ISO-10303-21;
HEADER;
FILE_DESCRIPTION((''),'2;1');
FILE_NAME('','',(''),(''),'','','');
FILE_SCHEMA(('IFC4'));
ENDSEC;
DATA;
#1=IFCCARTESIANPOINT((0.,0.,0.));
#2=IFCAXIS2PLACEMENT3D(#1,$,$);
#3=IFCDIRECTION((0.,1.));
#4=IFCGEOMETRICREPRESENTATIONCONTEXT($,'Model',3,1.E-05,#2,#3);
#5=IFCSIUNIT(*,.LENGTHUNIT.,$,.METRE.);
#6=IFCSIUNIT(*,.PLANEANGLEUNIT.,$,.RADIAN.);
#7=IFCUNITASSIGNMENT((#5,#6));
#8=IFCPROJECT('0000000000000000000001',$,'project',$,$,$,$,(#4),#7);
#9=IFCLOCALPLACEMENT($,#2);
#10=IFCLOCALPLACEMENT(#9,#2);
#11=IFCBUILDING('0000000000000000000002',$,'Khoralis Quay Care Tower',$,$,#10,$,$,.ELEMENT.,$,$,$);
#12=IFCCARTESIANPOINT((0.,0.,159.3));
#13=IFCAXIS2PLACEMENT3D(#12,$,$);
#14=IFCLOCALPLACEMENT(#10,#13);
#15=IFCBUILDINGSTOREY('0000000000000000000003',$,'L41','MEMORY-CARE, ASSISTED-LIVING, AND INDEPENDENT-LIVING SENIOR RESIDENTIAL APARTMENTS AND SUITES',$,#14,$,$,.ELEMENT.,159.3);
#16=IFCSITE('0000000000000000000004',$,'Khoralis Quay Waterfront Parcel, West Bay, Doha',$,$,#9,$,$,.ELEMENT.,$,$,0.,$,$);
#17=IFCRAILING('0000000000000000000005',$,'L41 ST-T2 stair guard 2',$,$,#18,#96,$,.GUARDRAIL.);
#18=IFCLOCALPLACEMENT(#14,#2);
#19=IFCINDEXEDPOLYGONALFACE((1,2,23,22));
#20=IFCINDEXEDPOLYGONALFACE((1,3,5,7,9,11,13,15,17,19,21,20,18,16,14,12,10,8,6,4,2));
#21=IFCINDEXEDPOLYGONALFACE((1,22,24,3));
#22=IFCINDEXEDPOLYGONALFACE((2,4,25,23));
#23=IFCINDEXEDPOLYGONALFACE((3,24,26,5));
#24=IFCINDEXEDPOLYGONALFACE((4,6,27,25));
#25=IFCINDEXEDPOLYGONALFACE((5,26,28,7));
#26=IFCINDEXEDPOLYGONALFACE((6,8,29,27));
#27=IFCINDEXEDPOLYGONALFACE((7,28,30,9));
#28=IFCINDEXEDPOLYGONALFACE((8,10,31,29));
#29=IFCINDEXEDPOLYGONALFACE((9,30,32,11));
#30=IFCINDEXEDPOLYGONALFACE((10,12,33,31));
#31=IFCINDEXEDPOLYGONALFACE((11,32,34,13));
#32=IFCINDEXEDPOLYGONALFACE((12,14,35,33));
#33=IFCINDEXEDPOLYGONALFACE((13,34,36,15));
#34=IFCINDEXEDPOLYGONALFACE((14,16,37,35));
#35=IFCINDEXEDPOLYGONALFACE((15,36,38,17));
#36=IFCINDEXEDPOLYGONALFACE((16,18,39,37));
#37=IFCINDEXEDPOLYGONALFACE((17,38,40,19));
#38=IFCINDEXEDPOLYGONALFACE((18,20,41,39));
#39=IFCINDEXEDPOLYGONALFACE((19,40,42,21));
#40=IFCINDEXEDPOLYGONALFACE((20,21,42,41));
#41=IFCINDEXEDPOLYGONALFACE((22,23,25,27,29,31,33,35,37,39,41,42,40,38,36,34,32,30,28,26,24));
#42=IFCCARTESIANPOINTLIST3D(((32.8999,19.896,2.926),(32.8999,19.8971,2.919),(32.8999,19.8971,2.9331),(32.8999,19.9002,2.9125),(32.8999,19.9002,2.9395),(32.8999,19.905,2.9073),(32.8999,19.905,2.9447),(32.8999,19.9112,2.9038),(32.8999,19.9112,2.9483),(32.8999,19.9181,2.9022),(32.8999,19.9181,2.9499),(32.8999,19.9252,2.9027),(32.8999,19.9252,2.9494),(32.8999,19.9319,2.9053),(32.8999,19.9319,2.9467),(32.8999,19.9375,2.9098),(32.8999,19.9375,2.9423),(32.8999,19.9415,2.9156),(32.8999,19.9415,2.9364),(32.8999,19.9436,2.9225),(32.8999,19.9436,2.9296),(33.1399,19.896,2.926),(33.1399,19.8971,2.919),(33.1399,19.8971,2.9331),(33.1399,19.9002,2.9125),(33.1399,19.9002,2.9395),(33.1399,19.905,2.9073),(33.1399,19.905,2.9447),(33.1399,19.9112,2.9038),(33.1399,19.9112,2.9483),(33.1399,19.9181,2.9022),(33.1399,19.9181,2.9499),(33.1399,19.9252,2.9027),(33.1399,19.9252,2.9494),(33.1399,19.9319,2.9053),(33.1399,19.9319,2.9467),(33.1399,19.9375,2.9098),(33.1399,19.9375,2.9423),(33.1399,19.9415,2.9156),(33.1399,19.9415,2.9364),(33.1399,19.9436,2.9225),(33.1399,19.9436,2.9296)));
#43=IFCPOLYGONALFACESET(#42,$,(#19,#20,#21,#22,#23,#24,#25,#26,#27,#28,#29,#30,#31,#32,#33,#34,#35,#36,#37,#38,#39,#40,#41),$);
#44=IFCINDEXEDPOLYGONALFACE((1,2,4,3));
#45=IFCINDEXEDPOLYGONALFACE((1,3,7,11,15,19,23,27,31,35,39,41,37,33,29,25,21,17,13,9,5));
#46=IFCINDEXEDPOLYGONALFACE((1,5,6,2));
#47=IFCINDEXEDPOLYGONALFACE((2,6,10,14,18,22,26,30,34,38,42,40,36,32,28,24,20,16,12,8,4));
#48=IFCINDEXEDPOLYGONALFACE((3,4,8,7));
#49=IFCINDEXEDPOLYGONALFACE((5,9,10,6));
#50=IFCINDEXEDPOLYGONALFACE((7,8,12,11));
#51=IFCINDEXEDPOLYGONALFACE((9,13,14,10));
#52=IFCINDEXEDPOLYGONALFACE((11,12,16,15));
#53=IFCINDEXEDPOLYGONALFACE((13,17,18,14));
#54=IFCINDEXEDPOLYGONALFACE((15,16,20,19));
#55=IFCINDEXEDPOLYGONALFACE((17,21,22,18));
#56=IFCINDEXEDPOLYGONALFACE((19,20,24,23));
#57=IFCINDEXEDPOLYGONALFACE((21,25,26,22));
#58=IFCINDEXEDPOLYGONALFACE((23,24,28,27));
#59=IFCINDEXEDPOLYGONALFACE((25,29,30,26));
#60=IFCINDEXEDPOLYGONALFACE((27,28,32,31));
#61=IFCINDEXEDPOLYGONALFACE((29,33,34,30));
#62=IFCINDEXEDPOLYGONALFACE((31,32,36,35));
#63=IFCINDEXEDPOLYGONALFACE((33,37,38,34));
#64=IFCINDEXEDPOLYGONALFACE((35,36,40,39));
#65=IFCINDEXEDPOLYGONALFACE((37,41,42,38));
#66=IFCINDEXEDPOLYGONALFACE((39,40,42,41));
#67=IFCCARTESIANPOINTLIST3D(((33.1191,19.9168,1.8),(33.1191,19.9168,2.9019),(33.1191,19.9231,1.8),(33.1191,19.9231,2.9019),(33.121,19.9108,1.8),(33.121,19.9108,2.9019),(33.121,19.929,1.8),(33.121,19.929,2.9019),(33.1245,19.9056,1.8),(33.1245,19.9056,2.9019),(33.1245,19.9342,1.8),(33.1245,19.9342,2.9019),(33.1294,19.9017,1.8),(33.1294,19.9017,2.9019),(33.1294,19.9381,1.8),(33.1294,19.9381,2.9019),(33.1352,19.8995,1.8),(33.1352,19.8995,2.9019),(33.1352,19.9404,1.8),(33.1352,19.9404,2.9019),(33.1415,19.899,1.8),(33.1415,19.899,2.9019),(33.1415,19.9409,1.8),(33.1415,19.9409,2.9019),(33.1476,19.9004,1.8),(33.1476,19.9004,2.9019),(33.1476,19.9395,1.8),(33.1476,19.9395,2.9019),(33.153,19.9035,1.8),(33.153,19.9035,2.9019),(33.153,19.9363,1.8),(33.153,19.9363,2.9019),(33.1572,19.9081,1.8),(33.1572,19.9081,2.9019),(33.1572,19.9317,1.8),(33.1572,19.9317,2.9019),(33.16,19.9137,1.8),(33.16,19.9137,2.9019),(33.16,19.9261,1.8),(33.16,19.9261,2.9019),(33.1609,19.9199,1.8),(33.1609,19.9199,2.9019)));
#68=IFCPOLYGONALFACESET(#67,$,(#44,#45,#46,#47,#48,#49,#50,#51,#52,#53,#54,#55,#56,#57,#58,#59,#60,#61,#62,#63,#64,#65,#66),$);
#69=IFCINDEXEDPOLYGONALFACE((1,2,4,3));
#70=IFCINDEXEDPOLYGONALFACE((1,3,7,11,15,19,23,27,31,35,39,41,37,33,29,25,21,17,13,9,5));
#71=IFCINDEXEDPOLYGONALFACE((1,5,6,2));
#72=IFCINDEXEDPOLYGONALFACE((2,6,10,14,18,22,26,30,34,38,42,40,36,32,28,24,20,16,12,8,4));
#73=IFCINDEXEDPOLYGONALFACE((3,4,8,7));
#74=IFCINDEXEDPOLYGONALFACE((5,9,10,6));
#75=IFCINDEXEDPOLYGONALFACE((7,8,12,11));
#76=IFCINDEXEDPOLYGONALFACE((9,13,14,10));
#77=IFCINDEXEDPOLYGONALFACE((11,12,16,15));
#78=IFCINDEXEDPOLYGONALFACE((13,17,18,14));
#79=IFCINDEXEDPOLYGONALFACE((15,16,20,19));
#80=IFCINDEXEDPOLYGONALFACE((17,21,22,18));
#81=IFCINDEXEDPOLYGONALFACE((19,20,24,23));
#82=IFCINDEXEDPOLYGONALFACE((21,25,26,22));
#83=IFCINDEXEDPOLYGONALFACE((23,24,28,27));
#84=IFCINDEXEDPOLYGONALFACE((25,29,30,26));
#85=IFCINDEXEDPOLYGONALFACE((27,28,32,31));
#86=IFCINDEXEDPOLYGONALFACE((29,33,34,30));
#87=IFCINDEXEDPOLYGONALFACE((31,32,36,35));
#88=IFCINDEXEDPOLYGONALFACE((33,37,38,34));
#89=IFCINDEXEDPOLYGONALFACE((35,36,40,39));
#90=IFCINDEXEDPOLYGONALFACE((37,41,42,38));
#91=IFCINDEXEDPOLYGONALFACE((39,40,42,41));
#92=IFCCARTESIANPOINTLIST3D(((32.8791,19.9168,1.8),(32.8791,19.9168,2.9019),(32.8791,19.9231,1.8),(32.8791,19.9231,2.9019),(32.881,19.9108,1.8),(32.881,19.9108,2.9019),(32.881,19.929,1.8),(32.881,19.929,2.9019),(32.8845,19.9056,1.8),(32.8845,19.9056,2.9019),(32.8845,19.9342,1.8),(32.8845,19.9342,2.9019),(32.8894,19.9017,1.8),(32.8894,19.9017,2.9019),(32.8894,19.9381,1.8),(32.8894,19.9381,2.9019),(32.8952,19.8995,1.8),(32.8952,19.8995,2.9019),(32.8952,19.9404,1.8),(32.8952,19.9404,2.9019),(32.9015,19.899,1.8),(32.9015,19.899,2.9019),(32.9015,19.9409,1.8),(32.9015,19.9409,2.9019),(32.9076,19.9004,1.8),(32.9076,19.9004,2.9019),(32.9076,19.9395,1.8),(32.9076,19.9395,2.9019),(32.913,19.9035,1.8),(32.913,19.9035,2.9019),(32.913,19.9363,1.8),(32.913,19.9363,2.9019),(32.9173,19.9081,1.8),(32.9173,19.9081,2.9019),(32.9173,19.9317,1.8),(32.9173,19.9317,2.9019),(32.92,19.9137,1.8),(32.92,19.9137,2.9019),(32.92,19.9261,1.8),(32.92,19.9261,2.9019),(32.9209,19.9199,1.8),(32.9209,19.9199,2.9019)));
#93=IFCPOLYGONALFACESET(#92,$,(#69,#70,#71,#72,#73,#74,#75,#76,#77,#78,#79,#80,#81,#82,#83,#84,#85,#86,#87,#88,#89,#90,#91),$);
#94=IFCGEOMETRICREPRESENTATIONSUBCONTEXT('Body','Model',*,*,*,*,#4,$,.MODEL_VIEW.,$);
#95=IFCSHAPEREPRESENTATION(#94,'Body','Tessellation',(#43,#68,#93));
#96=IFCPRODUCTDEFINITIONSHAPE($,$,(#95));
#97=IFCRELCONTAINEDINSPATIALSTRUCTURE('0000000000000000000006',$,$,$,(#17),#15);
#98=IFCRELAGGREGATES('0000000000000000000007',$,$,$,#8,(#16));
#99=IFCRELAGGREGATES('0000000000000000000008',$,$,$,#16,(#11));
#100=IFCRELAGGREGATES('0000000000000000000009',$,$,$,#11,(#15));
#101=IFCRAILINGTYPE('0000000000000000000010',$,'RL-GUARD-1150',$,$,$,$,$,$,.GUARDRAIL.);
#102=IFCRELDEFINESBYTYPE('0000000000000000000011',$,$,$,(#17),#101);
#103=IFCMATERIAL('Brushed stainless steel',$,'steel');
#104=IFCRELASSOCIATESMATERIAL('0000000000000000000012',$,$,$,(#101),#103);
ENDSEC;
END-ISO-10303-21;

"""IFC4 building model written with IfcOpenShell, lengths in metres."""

from ifc_helpers import new_model, si_unit, direction, frame, origin, origin_2d, place, context, subcontext, project, spatial, circle, extrude, material, type_object, element, save


model = new_model("IFC4")

# Units and contexts
model_context = context("Model", 3, precision=1e-05, world=origin(), true_north=direction((0.0, 1.0)))
body_context = subcontext(model_context, "Body", "Model", "MODEL_VIEW")
ifc_project = project(units=[si_unit("LENGTHUNIT", "METRE"), si_unit("PLANEANGLEUNIT", "RADIAN")], contexts=[model_context])

# Site, building, storey
site_placement = place(None, origin())
site = spatial("IfcSite", under=ifc_project, at=site_placement, Name="Khoralis Quay Waterfront Parcel, West Bay, Doha", CompositionType="ELEMENT", RefElevation=0.0)
building_placement = place(site_placement, origin())
building = spatial("IfcBuilding", under=site, at=building_placement, Name="Khoralis Quay Care Tower", CompositionType="ELEMENT")
storey_placement = place(building_placement, frame((0.0, 0.0, 159.3)))
storey = spatial("IfcBuildingStorey", under=building, at=storey_placement, Name="L41", Description="MEMORY-CARE, ASSISTED-LIVING, AND INDEPENDENT-LIVING SENIOR RESIDENTIAL APARTMENTS AND SUITES", CompositionType="ELEMENT", Elevation=159.3)

# Shared definitions
ifc_material_1 = material(Name="Brushed stainless steel", Category="steel")

# Railing
railing_type_1 = type_object("IfcRailingType", Name="RL-GUARD-1150", PredefinedType="GUARDRAIL", material=ifc_material_1)
railing_1_placement = place(storey_placement, frame((33.1399, 19.9199, 1.8)))
element("IfcRailing", 1, at=railing_1_placement, inside=storey, type_object=railing_type_1, Name="L41 ST-T2 stair guard 2", PredefinedType="GUARDRAIL", context=body_context, shape_type="SweptSolid", body=[
    extrude(circle(Radius=0.0239, at=origin_2d()), frame((0.0, 0.0, 1.126), z_axis=(-1.0, 0.0, 0.0), x_axis=(0.0, -1.0, 0.0)), (0.0, 0.0, 1.0), 0.24),
    extrude(circle(Radius=0.021, at=origin_2d()), origin(), (0.0, 0.0, 1.0), 1.1018),
    extrude(circle(Radius=0.021, at=origin_2d()), frame((-0.24, 0.0, 0.0)), (0.0, 0.0, 1.0), 1.1018),
])

save(model, "model.ifc")
